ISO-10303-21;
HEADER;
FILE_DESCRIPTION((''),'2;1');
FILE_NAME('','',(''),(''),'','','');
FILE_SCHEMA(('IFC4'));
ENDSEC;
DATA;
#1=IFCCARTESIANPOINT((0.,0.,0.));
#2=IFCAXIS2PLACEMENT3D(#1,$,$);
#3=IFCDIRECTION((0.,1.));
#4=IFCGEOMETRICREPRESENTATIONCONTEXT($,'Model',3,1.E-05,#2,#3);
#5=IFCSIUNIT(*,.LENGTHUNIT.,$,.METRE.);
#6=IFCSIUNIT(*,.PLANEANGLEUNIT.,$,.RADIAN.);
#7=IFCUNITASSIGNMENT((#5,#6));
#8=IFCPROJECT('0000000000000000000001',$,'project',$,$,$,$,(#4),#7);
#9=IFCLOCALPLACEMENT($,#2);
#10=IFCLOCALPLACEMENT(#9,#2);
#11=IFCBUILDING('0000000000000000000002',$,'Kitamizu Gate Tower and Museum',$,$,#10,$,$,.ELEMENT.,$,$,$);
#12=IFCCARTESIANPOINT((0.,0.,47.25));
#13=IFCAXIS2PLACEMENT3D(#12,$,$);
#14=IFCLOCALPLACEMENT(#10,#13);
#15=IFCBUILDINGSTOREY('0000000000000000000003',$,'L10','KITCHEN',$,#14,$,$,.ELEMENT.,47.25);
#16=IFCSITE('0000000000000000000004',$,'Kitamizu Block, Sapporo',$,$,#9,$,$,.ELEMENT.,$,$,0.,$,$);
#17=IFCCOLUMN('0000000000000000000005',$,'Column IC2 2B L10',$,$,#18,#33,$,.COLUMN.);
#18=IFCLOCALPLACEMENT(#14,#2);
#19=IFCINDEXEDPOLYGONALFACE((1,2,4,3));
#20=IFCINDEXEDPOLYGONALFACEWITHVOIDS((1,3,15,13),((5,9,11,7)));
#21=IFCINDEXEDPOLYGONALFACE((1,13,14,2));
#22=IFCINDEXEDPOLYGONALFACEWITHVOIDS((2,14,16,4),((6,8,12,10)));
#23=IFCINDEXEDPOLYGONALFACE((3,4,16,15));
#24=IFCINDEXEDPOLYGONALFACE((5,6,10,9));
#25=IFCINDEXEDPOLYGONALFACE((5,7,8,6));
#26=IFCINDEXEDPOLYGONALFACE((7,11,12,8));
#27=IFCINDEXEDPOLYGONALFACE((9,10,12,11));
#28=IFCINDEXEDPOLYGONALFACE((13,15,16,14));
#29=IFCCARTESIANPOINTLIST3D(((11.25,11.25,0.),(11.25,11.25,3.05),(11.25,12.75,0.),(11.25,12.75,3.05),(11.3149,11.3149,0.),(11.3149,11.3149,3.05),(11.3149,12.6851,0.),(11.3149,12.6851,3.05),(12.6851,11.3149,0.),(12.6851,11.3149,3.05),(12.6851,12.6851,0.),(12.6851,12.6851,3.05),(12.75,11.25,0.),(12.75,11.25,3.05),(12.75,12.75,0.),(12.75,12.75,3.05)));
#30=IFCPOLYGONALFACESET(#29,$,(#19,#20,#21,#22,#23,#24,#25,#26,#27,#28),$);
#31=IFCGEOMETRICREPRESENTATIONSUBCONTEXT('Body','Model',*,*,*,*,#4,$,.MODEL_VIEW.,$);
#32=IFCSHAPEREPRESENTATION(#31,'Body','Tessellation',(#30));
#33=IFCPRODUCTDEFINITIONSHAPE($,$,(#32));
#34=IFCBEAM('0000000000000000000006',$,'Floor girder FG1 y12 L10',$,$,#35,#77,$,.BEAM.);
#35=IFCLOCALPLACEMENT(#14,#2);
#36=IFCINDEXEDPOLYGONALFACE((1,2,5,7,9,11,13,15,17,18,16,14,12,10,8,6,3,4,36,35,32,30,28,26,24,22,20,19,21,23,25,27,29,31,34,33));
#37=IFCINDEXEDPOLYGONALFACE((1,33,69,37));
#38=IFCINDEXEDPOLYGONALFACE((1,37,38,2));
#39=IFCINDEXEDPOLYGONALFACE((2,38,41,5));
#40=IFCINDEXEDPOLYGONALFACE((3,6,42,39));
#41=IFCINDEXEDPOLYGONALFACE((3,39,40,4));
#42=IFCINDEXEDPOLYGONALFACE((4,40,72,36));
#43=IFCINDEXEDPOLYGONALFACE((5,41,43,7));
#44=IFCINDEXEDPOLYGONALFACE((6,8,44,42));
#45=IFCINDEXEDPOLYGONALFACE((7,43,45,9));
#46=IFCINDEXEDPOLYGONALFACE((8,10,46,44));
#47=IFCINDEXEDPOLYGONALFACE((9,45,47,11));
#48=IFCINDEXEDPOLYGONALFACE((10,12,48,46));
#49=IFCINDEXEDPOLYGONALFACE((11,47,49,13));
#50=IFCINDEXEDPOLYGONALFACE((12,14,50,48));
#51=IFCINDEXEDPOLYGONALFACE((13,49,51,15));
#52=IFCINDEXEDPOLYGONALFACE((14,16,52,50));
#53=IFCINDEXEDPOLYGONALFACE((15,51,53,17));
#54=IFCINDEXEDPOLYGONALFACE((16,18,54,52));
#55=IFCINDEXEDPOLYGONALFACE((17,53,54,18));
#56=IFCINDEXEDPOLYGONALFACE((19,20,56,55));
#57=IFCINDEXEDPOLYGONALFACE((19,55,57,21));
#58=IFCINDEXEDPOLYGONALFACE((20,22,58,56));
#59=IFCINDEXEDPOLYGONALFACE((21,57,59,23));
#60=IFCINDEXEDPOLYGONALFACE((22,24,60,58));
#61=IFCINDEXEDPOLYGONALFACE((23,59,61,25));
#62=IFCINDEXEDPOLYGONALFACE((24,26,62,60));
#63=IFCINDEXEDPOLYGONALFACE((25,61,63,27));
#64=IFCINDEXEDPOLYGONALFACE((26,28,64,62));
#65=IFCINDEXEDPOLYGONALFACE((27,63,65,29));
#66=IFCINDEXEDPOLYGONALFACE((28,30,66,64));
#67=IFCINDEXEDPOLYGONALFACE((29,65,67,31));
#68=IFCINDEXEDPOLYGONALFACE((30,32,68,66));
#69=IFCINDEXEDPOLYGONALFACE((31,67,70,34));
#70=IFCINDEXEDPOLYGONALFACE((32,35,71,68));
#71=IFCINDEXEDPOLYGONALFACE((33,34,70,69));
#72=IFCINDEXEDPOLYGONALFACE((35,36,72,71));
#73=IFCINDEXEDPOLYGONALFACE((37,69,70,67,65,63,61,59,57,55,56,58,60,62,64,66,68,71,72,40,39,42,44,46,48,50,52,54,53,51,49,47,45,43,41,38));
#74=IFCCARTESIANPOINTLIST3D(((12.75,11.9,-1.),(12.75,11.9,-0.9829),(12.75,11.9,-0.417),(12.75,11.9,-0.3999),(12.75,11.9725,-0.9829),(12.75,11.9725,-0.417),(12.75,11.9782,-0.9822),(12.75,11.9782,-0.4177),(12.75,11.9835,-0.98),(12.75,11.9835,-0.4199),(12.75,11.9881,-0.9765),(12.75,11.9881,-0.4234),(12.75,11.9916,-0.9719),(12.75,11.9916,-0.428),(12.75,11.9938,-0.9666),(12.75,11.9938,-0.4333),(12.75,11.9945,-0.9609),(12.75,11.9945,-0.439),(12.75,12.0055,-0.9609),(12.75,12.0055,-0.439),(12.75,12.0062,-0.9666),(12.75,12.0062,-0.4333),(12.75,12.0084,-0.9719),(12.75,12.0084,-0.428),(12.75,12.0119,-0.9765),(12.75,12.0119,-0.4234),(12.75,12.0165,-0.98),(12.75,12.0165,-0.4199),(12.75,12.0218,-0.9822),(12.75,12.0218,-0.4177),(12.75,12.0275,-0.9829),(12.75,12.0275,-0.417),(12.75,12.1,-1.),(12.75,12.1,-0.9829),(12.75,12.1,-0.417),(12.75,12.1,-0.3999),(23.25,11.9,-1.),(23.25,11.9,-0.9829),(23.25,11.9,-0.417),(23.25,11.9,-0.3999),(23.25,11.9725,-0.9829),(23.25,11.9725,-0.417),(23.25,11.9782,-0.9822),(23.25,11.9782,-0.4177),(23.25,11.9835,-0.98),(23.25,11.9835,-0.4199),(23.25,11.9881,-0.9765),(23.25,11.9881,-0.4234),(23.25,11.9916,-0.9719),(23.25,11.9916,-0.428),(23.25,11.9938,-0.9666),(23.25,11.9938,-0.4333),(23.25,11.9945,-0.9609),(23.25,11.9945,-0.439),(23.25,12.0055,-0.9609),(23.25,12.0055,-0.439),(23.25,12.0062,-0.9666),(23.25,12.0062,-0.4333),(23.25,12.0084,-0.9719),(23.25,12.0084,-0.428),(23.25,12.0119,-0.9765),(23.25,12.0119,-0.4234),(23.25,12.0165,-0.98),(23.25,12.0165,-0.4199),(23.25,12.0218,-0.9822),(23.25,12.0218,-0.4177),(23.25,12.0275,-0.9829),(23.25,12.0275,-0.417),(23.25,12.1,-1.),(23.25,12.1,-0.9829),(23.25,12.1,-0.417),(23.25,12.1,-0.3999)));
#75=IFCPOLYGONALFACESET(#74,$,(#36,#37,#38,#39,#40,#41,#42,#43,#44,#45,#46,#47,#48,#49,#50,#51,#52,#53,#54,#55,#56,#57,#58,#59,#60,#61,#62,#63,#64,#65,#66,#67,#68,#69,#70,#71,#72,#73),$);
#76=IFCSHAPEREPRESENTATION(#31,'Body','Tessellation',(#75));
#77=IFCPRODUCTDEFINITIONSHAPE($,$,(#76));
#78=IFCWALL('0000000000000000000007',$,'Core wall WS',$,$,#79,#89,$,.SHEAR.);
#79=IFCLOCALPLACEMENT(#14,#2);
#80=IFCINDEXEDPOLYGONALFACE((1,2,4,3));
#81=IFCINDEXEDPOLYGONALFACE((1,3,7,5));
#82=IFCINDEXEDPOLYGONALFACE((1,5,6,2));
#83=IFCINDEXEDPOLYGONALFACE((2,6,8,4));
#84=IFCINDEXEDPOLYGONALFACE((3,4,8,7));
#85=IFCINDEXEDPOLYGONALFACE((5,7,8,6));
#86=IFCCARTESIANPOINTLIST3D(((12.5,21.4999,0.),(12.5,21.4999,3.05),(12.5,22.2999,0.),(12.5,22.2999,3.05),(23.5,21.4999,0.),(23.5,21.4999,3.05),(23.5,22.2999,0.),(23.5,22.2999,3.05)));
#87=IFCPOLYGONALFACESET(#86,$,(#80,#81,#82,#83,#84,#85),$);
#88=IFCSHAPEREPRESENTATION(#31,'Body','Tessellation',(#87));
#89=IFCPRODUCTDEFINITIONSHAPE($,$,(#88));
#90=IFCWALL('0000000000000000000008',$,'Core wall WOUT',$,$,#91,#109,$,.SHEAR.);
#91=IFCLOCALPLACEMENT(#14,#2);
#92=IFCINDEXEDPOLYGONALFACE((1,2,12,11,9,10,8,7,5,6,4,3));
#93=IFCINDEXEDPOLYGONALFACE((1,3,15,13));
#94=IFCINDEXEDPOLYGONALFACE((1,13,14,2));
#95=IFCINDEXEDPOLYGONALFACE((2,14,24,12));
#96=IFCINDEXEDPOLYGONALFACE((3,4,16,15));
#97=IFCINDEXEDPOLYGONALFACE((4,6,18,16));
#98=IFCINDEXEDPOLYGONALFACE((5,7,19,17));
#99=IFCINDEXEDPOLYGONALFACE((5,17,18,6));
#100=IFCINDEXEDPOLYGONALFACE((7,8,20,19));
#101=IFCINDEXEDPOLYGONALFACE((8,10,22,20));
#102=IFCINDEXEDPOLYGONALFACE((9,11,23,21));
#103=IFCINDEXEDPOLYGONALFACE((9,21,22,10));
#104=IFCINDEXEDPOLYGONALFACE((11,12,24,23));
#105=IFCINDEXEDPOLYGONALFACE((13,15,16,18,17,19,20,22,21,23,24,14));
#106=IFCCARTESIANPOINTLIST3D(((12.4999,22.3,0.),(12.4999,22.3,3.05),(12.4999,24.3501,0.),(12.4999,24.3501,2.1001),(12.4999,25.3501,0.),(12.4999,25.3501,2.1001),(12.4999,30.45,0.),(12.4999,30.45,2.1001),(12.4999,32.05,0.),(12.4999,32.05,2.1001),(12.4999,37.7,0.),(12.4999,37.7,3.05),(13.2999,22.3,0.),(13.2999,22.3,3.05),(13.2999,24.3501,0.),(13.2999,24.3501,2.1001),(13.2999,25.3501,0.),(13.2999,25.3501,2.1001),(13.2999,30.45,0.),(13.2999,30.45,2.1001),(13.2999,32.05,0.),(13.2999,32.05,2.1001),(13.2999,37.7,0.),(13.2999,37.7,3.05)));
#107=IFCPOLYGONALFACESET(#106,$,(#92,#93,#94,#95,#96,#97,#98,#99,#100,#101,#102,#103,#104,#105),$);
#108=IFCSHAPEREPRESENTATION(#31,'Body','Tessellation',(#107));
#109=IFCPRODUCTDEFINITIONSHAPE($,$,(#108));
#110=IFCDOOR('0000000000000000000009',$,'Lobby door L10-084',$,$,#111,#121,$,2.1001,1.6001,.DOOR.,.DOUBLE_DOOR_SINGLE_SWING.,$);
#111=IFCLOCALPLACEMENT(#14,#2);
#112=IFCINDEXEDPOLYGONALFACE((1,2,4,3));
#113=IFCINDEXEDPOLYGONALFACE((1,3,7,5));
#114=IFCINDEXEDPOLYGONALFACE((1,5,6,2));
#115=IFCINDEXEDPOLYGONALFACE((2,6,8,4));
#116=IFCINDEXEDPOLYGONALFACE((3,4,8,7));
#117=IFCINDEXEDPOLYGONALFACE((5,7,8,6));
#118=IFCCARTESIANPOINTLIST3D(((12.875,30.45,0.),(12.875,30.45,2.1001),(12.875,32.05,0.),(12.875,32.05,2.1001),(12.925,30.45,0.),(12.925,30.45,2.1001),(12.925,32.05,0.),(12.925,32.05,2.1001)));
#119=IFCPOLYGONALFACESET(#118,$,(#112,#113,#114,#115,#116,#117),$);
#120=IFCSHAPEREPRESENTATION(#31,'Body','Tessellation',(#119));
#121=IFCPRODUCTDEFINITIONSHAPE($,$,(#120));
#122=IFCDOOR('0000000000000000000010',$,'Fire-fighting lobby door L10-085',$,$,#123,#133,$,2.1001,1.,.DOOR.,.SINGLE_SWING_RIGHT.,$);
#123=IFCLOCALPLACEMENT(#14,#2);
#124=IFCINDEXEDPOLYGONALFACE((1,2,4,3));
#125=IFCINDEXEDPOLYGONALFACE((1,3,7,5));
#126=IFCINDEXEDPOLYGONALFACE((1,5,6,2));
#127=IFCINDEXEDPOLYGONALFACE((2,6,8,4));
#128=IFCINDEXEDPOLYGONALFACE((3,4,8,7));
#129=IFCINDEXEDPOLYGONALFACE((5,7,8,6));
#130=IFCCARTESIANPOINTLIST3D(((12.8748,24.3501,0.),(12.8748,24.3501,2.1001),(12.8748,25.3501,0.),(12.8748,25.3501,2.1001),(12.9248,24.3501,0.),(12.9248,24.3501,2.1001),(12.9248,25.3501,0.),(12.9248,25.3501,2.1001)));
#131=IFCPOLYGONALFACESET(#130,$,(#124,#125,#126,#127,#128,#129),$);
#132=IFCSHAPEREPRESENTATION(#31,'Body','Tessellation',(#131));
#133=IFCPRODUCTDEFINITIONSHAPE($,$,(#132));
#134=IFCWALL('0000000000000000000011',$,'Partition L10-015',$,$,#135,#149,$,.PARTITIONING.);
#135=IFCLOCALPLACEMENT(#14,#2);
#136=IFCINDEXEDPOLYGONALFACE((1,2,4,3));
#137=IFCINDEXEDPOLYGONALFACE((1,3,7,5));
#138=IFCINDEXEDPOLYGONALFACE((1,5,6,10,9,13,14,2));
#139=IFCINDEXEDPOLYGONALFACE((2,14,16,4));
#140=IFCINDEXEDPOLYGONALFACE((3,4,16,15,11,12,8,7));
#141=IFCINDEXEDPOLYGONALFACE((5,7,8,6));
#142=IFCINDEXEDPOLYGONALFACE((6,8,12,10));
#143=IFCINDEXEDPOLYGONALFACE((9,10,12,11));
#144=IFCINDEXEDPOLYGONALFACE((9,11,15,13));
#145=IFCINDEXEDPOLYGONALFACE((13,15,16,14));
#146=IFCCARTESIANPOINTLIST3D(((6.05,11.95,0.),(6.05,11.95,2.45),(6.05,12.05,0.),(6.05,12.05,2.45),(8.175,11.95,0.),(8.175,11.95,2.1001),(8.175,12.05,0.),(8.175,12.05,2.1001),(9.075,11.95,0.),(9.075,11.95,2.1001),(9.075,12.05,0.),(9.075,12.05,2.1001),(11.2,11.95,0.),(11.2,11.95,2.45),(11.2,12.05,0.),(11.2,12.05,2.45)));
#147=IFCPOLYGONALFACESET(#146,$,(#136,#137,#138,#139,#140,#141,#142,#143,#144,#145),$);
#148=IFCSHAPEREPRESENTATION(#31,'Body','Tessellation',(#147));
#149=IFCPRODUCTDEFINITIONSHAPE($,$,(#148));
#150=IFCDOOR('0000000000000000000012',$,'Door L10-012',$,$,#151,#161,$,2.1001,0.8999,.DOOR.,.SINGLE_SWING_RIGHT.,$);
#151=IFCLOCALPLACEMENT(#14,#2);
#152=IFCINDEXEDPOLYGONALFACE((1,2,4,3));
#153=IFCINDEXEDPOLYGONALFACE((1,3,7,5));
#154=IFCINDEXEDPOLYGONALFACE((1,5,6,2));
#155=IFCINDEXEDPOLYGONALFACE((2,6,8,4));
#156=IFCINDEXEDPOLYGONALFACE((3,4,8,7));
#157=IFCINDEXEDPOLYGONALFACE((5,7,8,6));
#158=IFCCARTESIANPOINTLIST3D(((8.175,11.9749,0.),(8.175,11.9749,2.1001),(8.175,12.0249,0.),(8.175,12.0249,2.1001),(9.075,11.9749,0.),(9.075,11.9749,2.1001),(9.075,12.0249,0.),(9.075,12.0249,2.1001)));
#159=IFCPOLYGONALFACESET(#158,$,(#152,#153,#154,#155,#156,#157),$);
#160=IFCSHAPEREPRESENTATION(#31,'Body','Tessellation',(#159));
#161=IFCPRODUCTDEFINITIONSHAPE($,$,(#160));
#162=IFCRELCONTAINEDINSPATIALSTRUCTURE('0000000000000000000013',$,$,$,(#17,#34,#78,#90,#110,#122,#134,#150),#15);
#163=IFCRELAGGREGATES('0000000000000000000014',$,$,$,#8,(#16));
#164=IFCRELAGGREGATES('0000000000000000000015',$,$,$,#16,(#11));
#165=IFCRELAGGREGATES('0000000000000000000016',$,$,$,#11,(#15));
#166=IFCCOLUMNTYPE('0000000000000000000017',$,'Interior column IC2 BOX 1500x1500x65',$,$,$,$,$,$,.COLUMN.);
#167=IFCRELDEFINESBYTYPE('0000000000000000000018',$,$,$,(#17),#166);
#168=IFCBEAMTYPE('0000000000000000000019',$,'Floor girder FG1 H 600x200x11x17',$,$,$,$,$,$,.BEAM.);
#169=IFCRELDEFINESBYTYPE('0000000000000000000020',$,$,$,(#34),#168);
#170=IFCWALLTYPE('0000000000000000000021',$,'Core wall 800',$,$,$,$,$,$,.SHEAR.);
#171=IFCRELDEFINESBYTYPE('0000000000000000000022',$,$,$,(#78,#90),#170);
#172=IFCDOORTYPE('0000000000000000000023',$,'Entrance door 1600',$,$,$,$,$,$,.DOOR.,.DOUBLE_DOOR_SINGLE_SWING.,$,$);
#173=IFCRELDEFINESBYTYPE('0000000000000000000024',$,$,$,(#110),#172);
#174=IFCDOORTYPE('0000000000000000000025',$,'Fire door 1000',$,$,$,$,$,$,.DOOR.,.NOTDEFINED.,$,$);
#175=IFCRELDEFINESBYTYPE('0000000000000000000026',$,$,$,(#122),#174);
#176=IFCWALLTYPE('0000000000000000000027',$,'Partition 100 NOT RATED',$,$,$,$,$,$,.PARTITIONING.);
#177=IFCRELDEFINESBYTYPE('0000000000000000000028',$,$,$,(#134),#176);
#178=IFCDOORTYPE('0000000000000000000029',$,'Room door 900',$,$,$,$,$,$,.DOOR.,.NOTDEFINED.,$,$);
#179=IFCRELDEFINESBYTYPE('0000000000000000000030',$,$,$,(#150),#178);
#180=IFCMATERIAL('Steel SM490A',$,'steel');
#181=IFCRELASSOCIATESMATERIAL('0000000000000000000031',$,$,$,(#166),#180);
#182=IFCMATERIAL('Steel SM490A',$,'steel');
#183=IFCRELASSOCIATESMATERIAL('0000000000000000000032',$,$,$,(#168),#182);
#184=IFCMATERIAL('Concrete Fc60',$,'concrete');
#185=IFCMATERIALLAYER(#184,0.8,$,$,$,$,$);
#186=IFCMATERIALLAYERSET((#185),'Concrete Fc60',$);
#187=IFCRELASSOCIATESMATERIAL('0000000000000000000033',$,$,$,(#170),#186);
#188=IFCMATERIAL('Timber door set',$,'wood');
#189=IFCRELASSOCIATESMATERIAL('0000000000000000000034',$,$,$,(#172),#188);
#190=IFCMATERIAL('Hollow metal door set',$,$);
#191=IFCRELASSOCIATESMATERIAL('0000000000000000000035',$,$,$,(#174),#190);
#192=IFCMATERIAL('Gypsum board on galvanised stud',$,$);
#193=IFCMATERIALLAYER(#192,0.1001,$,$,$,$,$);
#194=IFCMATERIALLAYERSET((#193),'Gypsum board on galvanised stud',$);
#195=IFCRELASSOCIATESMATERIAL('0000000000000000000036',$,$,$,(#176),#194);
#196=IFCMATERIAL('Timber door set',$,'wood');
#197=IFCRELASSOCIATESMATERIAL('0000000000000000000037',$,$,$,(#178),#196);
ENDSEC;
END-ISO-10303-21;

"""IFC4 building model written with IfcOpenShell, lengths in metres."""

from ifc_helpers import new_model, si_unit, direction, frame, frame_2d, origin, origin_2d, place, context, subcontext, project, spatial, rectangle, hollow_rectangle, i_section, extrude, material, layer, layer_set, material_profile, profile_set, type_object, element, fill, save


model = new_model("IFC4")

# Units and contexts
model_context = context("Model", 3, precision=1e-05, world=origin(), true_north=direction((0.0, 1.0)))
body_context = subcontext(model_context, "Body", "Model", "MODEL_VIEW")
ifc_project = project(units=[si_unit("LENGTHUNIT", "METRE"), si_unit("PLANEANGLEUNIT", "RADIAN")], contexts=[model_context])

# Site, building, storey
site_placement = place(None, origin())
site = spatial("IfcSite", under=ifc_project, at=site_placement, Name="Kitamizu Block, Sapporo", CompositionType="ELEMENT", RefElevation=0.0)
building_placement = place(site_placement, origin())
building = spatial("IfcBuilding", under=site, at=building_placement, Name="Kitamizu Gate Tower and Museum", CompositionType="ELEMENT")
storey_placement = place(building_placement, frame((0.0, 0.0, 47.25)))
storey = spatial("IfcBuildingStorey", under=building, at=storey_placement, Name="L10", Description="KITCHEN", CompositionType="ELEMENT", Elevation=47.25)

# Column
ifc_material_1 = material(Name="Steel SM490A", Category="steel")
ifc_material_profile_1 = material_profile(ifc_material_1, hollow_rectangle(XDim=1.5, YDim=1.5, WallThickness=0.0649, at=origin_2d()), Name="BOX 1500x1500x65")
ifc_profile_set_1 = profile_set([ifc_material_profile_1], Name="Steel SM490A")
column_type = type_object("IfcColumnType", Name="Interior column IC2 BOX 1500x1500x65", PredefinedType="COLUMN", material=ifc_profile_set_1)
column_placement = place(storey_placement, frame((12.0, 12.0, 0.0), z_axis=(0.0, 0.0, 1.0), x_axis=(1.0, 0.0, 0.0)))
element("IfcColumn", 1, at=column_placement, inside=storey, type_object=column_type, Name="Column IC2 2B L10", PredefinedType="COLUMN", context=body_context, shape_type="SweptSolid", body=[
    extrude(hollow_rectangle(XDim=1.5, YDim=1.5, WallThickness=0.0649, at=origin_2d()), origin(), (0.0, 0.0, 1.0), 3.05),
])

# Beam
ifc_material_2 = material(Name="Steel SM490A", Category="steel")
ifc_material_profile_2 = material_profile(ifc_material_2, i_section(OverallWidth=0.2, OverallDepth=0.6001, WebThickness=0.011, FlangeThickness=0.0171, FilletRadius=0.022, at=origin_2d()), Name="H-600x200x11x17")
ifc_profile_set_2 = profile_set([ifc_material_profile_2], Name="Steel SM490A")
beam_type = type_object("IfcBeamType", Name="Floor girder FG1 H 600x200x11x17", PredefinedType="BEAM", material=ifc_profile_set_2)
beam_placement = place(storey_placement, frame((12.75, 12.0, -0.7), z_axis=(1.0, 0.0, 0.0), x_axis=(0.0, 1.0, 0.0)))
element("IfcBeam", 2, at=beam_placement, inside=storey, type_object=beam_type, Name="Floor girder FG1 y12 L10", PredefinedType="BEAM", context=body_context, shape_type="SweptSolid", body=[
    extrude(i_section(OverallWidth=0.2, OverallDepth=0.6001, WebThickness=0.011, FlangeThickness=0.0171, FilletRadius=0.022, at=origin_2d()), origin(), (0.0, 0.0, 1.0), 10.5),
])

# Wall
ifc_material_3 = material(Name="Concrete Fc60", Category="concrete")
ifc_layer_1 = layer(ifc_material_3, 0.8)
ifc_layer_set_1 = layer_set([ifc_layer_1], Name="Concrete Fc60")
wall_type_1 = type_object("IfcWallType", Name="Core wall 800", PredefinedType="SHEAR", material=ifc_layer_set_1)
wall_1_placement = place(storey_placement, frame((12.5, 21.8999, 0.0), z_axis=(0.0, 0.0, 1.0), x_axis=(1.0, 0.0, 0.0)))
element("IfcWall", 3, at=wall_1_placement, inside=storey, type_object=wall_type_1, Name="Core wall WS", PredefinedType="SHEAR", context=body_context, shape_type="SweptSolid", body=[
    extrude(rectangle(XDim=11.0, YDim=0.8, at=frame_2d((5.5, 0.0))), origin(), (0.0, 0.0, 1.0), 3.05),
])

# Wall, openings, doors
wall_2_placement = place(storey_placement, frame((12.8999, 22.3, 0.0), z_axis=(0.0, 0.0, 1.0), x_axis=(0.0, 1.0, 0.0)))
wall_2 = element("IfcWall", 4, at=wall_2_placement, inside=storey, type_object=wall_type_1, Name="Core wall WOUT", PredefinedType="SHEAR", context=body_context, shape_type="SweptSolid", body=[
    extrude(rectangle(XDim=15.3999, YDim=0.8, at=frame_2d((7.7, 0.0))), origin(), (0.0, 0.0, 1.0), 3.05),
])
opening_1_placement = place(wall_2_placement, frame((8.1499, 0.0, 0.0)))
opening_1 = element("IfcOpeningElement", 5, at=opening_1_placement, cuts=wall_2, PredefinedType="OPENING", context=body_context, shape_type="SweptSolid", body=[
    extrude(rectangle(XDim=1.6001, YDim=2.1001, at=frame_2d((0.8, 1.05))), frame((0.0, 0.4102, 0.0), z_axis=(0.0, -1.0, 0.0), x_axis=(1.0, 0.0, 0.0)), (0.0, 0.0, 1.0), 0.8201),
])
opening_2_placement = place(wall_2_placement, frame((2.05, 0.0, 0.0)))
opening_2 = element("IfcOpeningElement", 6, at=opening_2_placement, cuts=wall_2, PredefinedType="OPENING", context=body_context, shape_type="SweptSolid", body=[
    extrude(rectangle(XDim=1.0, YDim=2.1001, at=frame_2d((0.5, 1.05))), frame((0.0, 0.4102, 0.0), z_axis=(0.0, -1.0, 0.0), x_axis=(1.0, 0.0, 0.0)), (0.0, 0.0, 1.0), 0.8201),
])
ifc_material_4 = material(Name="Timber door set", Category="wood")
door_type_1 = type_object("IfcDoorType", Name="Entrance door 1600", OperationType="DOUBLE_DOOR_SINGLE_SWING", PredefinedType="DOOR", material=ifc_material_4)
door_1_placement = place(opening_1_placement, origin())
door_1 = element("IfcDoor", 7, at=door_1_placement, inside=storey, type_object=door_type_1, Name="Lobby door L10-084", OperationType="DOUBLE_DOOR_SINGLE_SWING", OverallHeight=2.1001, OverallWidth=1.6001, PredefinedType="DOOR", context=body_context, shape_type="SweptSolid", body=[
    extrude(rectangle(XDim=1.6001, YDim=2.1001, at=frame_2d((0.8, 1.05))), frame((0.0, 0.0249, 0.0), z_axis=(0.0, -1.0, 0.0), x_axis=(1.0, 0.0, 0.0)), (0.0, 0.0, 1.0), 0.05),
])
fill(opening_1, door_1)
ifc_material_5 = material(Name="Hollow metal door set")
door_type_2 = type_object("IfcDoorType", Name="Fire door 1000", OperationType="NOTDEFINED", PredefinedType="DOOR", material=ifc_material_5)
door_2_placement = place(opening_2_placement, frame((1.0, 0.0, 0.0), x_axis=(-1.0, 0.0, 0.0)))
door_2 = element("IfcDoor", 8, at=door_2_placement, inside=storey, type_object=door_type_2, Name="Fire-fighting lobby door L10-085", OperationType="SINGLE_SWING_RIGHT", OverallHeight=2.1001, OverallWidth=1.0, PredefinedType="DOOR", context=body_context, shape_type="SweptSolid", body=[
    extrude(rectangle(XDim=1.0, YDim=2.1001, at=frame_2d((0.5, 1.05))), frame((0.0, 0.0249, 0.0), z_axis=(0.0, -1.0, 0.0), x_axis=(1.0, 0.0, 0.0)), (0.0, 0.0, 1.0), 0.05),
])
fill(opening_2, door_2)

# Wall, opening, door
ifc_material_6 = material(Name="Gypsum board on galvanised stud")
ifc_layer_2 = layer(ifc_material_6, 0.1001)
ifc_layer_set_2 = layer_set([ifc_layer_2], Name="Gypsum board on galvanised stud")
wall_type_2 = type_object("IfcWallType", Name="Partition 100 NOT RATED", PredefinedType="PARTITIONING", material=ifc_layer_set_2)
wall_3_placement = place(storey_placement, frame((11.2, 12.0, 0.0), z_axis=(0.0, 0.0, 1.0), x_axis=(-1.0, 0.0, 0.0)))
wall_3 = element("IfcWall", 9, at=wall_3_placement, inside=storey, type_object=wall_type_2, Name="Partition L10-015", PredefinedType="PARTITIONING", context=body_context, shape_type="SweptSolid", body=[
    extrude(rectangle(XDim=5.1499, YDim=0.1001, at=frame_2d((2.575, 0.0))), origin(), (0.0, 0.0, 1.0), 2.45),
])
opening_3_placement = place(wall_3_placement, frame((2.125, 0.0, 0.0)))
opening_3 = element("IfcOpeningElement", 10, at=opening_3_placement, cuts=wall_3, PredefinedType="OPENING", context=body_context, shape_type="SweptSolid", body=[
    extrude(rectangle(XDim=0.8999, YDim=2.1001, at=frame_2d((0.45, 1.05))), frame((0.0, 0.0601, 0.0), z_axis=(0.0, -1.0, 0.0), x_axis=(1.0, 0.0, 0.0)), (0.0, 0.0, 1.0), 0.1201),
])
ifc_material_7 = material(Name="Timber door set", Category="wood")
door_type_3 = type_object("IfcDoorType", Name="Room door 900", OperationType="NOTDEFINED", PredefinedType="DOOR", material=ifc_material_7)
door_3_placement = place(opening_3_placement, frame((0.8999, 0.0, 0.0), x_axis=(-1.0, 0.0, 0.0)))
door_3 = element("IfcDoor", 11, at=door_3_placement, inside=storey, type_object=door_type_3, Name="Door L10-012", OperationType="SINGLE_SWING_RIGHT", OverallHeight=2.1001, OverallWidth=0.8999, PredefinedType="DOOR", context=body_context, shape_type="SweptSolid", body=[
    extrude(rectangle(XDim=0.8999, YDim=2.1001, at=frame_2d((0.45, 1.05))), frame((0.0, 0.0249, 0.0), z_axis=(0.0, -1.0, 0.0), x_axis=(1.0, 0.0, 0.0)), (0.0, 0.0, 1.0), 0.05),
])
fill(opening_3, door_3)

save(model, "model.ifc")
